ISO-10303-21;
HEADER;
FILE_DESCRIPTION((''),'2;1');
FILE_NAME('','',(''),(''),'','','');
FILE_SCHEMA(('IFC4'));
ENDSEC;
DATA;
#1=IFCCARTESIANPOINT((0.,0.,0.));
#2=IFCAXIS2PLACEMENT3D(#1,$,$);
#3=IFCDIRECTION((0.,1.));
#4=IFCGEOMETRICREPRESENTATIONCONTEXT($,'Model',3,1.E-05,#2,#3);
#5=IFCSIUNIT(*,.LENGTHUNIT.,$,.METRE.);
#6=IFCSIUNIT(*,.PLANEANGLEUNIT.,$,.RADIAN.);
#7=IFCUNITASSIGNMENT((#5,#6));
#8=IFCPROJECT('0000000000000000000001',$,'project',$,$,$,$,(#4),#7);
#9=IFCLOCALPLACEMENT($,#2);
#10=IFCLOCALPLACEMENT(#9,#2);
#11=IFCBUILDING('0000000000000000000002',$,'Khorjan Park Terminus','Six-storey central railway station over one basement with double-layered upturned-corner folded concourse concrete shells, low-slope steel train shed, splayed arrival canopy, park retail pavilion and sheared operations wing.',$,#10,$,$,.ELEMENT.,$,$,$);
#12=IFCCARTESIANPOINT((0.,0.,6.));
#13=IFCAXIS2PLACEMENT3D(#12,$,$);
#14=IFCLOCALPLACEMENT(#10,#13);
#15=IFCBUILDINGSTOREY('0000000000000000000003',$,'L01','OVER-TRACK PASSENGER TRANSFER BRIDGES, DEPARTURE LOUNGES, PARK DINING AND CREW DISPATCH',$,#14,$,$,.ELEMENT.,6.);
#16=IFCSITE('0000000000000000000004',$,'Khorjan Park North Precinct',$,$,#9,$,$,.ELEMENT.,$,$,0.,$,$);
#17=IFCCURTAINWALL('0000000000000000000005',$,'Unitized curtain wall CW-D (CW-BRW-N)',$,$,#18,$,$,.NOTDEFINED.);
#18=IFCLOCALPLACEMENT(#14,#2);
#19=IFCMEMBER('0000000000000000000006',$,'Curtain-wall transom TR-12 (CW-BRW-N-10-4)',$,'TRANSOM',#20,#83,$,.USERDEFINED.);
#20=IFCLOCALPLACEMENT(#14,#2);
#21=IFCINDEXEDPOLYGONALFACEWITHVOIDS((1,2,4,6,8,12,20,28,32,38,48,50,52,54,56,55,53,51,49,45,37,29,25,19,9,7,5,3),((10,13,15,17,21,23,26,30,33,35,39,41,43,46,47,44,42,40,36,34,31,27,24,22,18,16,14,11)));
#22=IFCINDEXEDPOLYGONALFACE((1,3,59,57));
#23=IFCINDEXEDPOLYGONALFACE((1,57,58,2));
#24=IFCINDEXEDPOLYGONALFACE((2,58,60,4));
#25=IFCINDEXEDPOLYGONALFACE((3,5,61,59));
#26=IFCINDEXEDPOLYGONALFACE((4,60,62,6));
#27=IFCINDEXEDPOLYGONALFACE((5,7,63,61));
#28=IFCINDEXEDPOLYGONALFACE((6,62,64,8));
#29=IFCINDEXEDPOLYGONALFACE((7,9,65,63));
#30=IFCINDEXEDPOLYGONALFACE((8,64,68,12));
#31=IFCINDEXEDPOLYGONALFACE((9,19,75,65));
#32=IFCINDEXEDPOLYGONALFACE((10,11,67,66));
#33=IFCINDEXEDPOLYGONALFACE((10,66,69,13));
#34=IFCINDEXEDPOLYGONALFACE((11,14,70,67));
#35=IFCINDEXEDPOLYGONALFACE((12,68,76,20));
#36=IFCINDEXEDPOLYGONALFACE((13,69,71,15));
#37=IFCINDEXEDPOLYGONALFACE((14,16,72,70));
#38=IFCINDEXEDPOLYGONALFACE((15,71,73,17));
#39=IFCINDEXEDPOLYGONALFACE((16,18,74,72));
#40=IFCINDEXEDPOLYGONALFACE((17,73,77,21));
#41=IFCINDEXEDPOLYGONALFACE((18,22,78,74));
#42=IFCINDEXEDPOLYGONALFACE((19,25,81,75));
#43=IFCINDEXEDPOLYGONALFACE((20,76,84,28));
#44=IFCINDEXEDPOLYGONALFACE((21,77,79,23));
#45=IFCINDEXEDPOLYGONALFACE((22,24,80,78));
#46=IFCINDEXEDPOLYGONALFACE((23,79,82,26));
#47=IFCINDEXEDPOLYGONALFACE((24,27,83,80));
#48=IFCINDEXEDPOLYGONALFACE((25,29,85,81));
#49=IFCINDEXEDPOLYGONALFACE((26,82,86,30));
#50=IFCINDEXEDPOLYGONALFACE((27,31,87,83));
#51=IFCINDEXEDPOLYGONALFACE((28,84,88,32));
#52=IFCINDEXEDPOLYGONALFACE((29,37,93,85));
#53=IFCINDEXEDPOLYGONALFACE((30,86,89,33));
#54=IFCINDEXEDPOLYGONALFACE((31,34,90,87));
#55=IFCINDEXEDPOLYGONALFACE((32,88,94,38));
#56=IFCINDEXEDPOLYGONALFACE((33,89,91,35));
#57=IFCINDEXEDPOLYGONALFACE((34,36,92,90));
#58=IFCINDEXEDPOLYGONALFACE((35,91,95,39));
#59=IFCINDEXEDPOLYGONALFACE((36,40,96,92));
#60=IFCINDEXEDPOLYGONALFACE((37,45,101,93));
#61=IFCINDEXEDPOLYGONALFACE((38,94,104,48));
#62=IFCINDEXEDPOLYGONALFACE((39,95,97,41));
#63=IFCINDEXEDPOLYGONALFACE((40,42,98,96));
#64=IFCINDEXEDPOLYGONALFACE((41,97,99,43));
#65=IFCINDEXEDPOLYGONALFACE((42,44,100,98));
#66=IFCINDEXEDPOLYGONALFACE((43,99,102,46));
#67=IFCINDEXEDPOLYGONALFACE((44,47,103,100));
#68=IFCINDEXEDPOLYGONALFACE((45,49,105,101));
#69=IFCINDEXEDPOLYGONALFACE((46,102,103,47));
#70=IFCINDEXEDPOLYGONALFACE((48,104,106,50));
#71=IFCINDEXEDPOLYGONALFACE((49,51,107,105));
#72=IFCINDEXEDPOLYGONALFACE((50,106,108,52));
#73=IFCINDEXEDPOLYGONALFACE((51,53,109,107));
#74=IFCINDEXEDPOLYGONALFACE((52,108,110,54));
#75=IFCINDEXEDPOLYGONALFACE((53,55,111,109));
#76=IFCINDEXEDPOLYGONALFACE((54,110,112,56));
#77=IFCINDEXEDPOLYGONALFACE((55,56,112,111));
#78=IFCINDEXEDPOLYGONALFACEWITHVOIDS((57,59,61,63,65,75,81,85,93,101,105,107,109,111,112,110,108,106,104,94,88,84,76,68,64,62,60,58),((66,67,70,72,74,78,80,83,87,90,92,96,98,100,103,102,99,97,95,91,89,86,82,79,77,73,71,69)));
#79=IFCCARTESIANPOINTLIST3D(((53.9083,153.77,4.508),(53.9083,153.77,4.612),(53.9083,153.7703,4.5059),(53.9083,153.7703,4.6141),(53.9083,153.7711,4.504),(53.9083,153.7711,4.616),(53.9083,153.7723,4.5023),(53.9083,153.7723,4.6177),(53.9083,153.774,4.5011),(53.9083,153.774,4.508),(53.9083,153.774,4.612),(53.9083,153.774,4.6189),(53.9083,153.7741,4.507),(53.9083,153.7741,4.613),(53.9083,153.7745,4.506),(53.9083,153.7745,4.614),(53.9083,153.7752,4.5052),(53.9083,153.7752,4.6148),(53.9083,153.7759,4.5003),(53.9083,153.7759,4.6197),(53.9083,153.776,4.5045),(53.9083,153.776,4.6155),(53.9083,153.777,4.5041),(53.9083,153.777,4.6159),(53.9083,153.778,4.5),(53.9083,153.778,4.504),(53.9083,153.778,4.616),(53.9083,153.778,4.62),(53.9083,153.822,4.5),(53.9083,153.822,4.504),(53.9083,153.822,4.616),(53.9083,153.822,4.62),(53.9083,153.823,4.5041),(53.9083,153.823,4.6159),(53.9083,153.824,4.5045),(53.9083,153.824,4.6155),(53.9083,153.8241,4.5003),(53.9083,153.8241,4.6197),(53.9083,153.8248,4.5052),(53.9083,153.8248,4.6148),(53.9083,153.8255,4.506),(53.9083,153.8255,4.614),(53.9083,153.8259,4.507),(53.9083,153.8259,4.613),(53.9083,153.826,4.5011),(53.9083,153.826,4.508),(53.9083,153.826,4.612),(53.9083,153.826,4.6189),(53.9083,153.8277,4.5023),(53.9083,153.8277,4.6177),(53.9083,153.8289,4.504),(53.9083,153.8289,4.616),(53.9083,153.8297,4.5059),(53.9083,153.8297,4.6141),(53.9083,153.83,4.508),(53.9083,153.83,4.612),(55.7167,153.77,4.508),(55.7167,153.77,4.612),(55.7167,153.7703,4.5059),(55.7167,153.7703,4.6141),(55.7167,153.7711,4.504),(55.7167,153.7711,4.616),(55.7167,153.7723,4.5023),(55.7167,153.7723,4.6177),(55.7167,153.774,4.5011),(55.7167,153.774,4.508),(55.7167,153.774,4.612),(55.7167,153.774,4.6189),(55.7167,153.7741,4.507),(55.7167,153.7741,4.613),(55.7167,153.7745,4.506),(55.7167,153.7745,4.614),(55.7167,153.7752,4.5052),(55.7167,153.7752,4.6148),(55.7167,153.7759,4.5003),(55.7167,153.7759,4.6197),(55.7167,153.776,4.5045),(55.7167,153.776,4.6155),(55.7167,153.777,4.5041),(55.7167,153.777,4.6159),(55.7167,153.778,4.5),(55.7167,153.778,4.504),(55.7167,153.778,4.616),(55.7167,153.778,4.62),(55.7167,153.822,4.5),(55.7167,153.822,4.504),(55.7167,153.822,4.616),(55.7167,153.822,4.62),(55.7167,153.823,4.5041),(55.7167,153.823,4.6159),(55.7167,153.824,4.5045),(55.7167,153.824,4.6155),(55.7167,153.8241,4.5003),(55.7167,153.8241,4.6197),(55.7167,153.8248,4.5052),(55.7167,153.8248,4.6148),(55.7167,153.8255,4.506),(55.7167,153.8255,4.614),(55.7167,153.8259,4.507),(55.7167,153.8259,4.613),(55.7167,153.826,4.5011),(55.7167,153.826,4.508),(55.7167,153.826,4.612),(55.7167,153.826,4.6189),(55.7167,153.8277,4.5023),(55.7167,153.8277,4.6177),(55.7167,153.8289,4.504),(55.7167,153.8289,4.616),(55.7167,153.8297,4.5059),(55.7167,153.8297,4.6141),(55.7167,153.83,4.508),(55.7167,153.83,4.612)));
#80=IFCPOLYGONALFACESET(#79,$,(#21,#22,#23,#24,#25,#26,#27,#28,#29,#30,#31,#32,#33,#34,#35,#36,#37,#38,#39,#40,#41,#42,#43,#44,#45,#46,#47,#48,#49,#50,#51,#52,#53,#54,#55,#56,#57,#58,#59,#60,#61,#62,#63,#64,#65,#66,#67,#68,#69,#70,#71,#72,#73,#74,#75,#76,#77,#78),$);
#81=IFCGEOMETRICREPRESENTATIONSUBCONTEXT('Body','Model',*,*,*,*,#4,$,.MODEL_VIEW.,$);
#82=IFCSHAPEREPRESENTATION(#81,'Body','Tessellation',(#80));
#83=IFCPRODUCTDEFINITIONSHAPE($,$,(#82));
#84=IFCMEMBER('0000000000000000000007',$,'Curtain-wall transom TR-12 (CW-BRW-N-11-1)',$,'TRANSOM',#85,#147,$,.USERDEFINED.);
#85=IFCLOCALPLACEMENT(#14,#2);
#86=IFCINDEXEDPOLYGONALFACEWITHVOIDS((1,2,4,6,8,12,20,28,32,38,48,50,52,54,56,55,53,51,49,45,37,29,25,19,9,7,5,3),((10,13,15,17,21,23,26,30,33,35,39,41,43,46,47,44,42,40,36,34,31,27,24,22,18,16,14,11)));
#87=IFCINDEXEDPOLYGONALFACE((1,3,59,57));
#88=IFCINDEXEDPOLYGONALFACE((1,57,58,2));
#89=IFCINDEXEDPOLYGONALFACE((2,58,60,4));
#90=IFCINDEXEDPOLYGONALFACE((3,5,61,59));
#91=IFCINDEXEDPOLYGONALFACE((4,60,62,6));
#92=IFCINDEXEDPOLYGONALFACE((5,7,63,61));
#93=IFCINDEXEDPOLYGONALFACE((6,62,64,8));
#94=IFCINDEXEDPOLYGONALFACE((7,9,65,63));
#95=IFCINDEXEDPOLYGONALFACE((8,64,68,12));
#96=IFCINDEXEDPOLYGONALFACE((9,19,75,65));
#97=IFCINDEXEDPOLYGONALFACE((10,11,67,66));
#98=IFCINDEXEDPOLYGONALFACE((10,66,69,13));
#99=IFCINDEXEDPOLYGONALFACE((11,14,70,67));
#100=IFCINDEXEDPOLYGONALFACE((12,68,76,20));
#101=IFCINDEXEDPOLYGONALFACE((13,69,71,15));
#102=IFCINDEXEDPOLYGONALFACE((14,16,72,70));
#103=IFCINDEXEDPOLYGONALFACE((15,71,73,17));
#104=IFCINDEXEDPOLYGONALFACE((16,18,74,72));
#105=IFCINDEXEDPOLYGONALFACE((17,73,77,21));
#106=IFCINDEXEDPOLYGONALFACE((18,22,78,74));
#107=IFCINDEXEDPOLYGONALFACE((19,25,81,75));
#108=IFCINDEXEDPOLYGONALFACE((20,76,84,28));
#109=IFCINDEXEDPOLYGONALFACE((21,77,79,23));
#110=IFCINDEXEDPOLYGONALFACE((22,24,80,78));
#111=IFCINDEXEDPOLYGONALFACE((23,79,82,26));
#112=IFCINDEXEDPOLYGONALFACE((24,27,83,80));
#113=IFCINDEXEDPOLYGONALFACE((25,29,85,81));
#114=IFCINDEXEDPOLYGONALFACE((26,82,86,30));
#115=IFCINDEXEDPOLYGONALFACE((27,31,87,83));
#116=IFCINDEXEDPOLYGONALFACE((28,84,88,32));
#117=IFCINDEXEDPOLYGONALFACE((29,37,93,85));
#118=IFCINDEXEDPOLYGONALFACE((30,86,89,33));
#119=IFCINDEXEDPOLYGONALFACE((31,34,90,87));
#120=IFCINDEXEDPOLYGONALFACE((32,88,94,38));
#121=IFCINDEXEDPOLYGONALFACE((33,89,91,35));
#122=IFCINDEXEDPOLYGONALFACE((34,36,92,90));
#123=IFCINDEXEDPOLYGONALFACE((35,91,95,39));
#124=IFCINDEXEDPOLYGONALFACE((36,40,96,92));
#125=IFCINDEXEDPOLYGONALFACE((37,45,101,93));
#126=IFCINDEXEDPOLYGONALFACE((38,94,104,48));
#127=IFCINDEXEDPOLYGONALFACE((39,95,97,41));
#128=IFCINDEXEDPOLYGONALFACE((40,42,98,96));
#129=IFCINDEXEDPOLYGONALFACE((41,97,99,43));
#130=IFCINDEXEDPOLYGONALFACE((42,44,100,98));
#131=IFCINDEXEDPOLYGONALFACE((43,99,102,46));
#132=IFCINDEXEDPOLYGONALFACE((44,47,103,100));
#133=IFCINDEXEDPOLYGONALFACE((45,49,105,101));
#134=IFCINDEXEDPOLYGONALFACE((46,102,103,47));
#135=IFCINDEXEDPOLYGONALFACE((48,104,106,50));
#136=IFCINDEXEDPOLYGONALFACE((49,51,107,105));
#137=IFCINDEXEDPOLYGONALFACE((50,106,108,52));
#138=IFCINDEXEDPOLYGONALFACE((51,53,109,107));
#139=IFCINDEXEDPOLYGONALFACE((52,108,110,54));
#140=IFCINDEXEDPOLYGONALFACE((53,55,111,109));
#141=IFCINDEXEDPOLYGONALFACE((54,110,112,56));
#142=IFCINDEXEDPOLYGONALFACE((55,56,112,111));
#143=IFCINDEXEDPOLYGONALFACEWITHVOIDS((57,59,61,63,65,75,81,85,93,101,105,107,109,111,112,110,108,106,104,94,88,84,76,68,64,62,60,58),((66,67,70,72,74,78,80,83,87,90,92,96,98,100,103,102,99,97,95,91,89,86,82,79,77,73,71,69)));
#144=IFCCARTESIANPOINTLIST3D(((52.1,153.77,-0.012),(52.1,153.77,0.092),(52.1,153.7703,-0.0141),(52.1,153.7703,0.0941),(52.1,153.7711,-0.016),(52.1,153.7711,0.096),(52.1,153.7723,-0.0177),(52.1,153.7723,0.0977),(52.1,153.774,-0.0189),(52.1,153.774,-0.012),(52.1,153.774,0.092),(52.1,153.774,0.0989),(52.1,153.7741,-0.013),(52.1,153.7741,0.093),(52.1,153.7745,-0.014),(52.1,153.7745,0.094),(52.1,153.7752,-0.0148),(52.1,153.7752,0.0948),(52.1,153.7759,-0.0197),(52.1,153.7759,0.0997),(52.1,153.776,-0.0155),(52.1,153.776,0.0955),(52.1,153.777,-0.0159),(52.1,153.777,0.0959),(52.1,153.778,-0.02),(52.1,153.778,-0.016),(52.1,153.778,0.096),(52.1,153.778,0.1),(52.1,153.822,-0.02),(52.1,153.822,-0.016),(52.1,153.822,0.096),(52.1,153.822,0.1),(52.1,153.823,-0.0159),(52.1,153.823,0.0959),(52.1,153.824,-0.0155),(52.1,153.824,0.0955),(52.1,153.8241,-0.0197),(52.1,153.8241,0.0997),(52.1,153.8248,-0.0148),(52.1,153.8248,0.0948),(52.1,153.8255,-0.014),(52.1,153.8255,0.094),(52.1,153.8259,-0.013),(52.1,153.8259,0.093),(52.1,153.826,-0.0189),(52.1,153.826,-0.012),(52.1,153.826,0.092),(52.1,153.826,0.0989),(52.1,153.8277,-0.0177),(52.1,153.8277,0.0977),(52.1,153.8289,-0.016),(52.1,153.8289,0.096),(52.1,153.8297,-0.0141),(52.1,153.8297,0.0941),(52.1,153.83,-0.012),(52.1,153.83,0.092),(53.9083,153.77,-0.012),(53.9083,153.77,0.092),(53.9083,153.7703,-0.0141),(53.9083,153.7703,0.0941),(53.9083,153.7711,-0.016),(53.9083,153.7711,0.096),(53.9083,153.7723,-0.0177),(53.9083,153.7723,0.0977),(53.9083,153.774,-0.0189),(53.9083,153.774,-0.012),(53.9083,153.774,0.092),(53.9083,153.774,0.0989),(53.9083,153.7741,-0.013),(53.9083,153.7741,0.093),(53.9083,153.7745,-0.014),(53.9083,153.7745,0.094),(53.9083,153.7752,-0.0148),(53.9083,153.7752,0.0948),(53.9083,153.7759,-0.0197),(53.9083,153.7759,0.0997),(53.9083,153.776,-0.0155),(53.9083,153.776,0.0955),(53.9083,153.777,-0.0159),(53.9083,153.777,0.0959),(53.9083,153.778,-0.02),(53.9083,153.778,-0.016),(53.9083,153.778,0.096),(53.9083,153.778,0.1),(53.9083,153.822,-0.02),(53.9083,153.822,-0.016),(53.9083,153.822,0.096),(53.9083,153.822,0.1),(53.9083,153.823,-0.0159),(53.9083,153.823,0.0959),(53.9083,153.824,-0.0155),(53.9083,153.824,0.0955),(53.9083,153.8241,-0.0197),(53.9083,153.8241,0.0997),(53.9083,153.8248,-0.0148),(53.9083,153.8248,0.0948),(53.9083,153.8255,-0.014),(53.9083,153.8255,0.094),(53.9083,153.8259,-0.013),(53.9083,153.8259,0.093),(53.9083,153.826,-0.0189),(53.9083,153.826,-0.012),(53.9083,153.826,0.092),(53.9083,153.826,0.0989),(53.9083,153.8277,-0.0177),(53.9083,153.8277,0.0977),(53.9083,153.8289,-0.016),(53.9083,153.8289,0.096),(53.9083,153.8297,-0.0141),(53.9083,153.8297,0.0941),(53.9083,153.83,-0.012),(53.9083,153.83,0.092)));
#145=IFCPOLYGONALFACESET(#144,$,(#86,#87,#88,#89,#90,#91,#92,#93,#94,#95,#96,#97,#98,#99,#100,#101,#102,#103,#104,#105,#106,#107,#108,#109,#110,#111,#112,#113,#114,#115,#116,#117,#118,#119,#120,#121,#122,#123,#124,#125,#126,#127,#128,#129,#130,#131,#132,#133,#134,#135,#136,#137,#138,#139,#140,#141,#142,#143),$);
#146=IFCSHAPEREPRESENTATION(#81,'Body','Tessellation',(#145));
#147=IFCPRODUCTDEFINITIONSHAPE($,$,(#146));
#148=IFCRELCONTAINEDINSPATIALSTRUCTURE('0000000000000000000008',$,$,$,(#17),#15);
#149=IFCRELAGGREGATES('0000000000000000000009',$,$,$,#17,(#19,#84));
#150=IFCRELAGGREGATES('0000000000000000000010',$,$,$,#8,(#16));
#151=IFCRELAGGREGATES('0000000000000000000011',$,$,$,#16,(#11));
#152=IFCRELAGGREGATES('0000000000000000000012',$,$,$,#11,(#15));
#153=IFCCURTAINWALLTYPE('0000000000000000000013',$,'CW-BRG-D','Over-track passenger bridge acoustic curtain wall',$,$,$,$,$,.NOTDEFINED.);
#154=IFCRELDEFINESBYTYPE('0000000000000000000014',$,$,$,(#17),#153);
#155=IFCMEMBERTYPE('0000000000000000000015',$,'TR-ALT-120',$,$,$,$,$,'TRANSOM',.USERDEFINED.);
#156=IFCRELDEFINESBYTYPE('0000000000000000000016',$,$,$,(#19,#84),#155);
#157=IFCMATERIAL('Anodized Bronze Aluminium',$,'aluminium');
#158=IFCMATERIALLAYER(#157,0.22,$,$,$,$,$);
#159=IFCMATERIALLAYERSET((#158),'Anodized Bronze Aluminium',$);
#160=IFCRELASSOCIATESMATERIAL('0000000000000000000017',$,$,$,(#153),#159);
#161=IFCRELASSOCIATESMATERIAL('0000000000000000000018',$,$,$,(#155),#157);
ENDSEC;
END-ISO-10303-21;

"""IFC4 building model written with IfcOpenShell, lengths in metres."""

from ifc_helpers import new_model, si_unit, direction, frame, origin, origin_2d, place, context, subcontext, project, spatial, hollow_rectangle, extrude, material, layer, layer_set, material_profile, profile_set, type_object, element, aggregate, save


model = new_model("IFC4")

# Units and contexts
model_context = context("Model", 3, precision=1e-05, world=origin(), true_north=direction((0.0, 1.0)))
body_context = subcontext(model_context, "Body", "Model", "MODEL_VIEW")
ifc_project = project(units=[si_unit("LENGTHUNIT", "METRE"), si_unit("PLANEANGLEUNIT", "RADIAN")], contexts=[model_context])

# Site, building, storey
site_placement = place(None, origin())
site = spatial("IfcSite", under=ifc_project, at=site_placement, Name="Khorjan Park North Precinct", CompositionType="ELEMENT", RefElevation=0.0)
building_placement = place(site_placement, origin())
building = spatial("IfcBuilding", under=site, at=building_placement, Name="Khorjan Park Terminus", Description="Six-storey central railway station over one basement with double-layered upturned-corner folded concourse concrete shells, low-slope steel train shed, splayed arrival canopy, park retail pavilion and sheared operations wing.", CompositionType="ELEMENT")
storey_placement = place(building_placement, frame((0.0, 0.0, 6.0)))
storey = spatial("IfcBuildingStorey", under=building, at=storey_placement, Name="L01", Description="OVER-TRACK PASSENGER TRANSFER BRIDGES, DEPARTURE LOUNGES, PARK DINING AND CREW DISPATCH", CompositionType="ELEMENT", Elevation=6.0)

# Curtain wall
ifc_material_1 = material(Name="Anodized Bronze Aluminium", Category="aluminium")
ifc_layer_1 = layer(ifc_material_1, 0.22)
ifc_layer_set_1 = layer_set([ifc_layer_1], Name="Anodized Bronze Aluminium")
curtain_wall_type = type_object("IfcCurtainWallType", Name="CW-BRG-D", Description="Over-track passenger bridge acoustic curtain wall", PredefinedType="NOTDEFINED", material=ifc_layer_set_1)
curtain_wall_1_placement = place(storey_placement, origin())
curtain_wall_1 = element("IfcCurtainWall", 1, at=curtain_wall_1_placement, inside=storey, type_object=curtain_wall_type, Name="Unitized curtain wall CW-D (CW-BRW-N)", PredefinedType="NOTDEFINED")
ifc_material_profile_1 = material_profile(ifc_material_1, hollow_rectangle(XDim=0.06, YDim=0.12, WallThickness=0.004, InnerFilletRadius=0.004, OuterFilletRadius=0.008, at=origin_2d()), Name="ALT 60x120x4")
ifc_profile_set_1 = profile_set([ifc_material_profile_1], Name="Anodized Bronze Aluminium")
member_type_1 = type_object("IfcMemberType", Name="TR-ALT-120", ElementType="TRANSOM", PredefinedType="USERDEFINED", material=ifc_profile_set_1)

# Members
member_1_placement = place(storey_placement, frame((55.7167, 153.8, 4.56), z_axis=(-1.0, 0.0, 0.0), x_axis=(0.0, -1.0, 0.0)))
member_1 = element("IfcMember", 2, at=member_1_placement, type_object=member_type_1, Name="Curtain-wall transom TR-12 (CW-BRW-N-10-4)", ObjectType="TRANSOM", PredefinedType="USERDEFINED", context=body_context, shape_type="SweptSolid", body=[
    extrude(hollow_rectangle(XDim=0.06, YDim=0.12, WallThickness=0.004, InnerFilletRadius=0.004, OuterFilletRadius=0.008, at=origin_2d()), origin(), (0.0, 0.0, 1.0), 1.8084),
])
member_2_placement = place(storey_placement, frame((53.9083, 153.8, 0.04), z_axis=(-1.0, 0.0, 0.0), x_axis=(0.0, -1.0, 0.0)))
member_2 = element("IfcMember", 3, at=member_2_placement, type_object=member_type_1, Name="Curtain-wall transom TR-12 (CW-BRW-N-11-1)", ObjectType="TRANSOM", PredefinedType="USERDEFINED", context=body_context, shape_type="SweptSolid", body=[
    extrude(hollow_rectangle(XDim=0.06, YDim=0.12, WallThickness=0.004, InnerFilletRadius=0.004, OuterFilletRadius=0.008, at=origin_2d()), origin(), (0.0, 0.0, 1.0), 1.8083),
])

aggregate(curtain_wall_1, [member_1, member_2])

save(model, "model.ifc")
